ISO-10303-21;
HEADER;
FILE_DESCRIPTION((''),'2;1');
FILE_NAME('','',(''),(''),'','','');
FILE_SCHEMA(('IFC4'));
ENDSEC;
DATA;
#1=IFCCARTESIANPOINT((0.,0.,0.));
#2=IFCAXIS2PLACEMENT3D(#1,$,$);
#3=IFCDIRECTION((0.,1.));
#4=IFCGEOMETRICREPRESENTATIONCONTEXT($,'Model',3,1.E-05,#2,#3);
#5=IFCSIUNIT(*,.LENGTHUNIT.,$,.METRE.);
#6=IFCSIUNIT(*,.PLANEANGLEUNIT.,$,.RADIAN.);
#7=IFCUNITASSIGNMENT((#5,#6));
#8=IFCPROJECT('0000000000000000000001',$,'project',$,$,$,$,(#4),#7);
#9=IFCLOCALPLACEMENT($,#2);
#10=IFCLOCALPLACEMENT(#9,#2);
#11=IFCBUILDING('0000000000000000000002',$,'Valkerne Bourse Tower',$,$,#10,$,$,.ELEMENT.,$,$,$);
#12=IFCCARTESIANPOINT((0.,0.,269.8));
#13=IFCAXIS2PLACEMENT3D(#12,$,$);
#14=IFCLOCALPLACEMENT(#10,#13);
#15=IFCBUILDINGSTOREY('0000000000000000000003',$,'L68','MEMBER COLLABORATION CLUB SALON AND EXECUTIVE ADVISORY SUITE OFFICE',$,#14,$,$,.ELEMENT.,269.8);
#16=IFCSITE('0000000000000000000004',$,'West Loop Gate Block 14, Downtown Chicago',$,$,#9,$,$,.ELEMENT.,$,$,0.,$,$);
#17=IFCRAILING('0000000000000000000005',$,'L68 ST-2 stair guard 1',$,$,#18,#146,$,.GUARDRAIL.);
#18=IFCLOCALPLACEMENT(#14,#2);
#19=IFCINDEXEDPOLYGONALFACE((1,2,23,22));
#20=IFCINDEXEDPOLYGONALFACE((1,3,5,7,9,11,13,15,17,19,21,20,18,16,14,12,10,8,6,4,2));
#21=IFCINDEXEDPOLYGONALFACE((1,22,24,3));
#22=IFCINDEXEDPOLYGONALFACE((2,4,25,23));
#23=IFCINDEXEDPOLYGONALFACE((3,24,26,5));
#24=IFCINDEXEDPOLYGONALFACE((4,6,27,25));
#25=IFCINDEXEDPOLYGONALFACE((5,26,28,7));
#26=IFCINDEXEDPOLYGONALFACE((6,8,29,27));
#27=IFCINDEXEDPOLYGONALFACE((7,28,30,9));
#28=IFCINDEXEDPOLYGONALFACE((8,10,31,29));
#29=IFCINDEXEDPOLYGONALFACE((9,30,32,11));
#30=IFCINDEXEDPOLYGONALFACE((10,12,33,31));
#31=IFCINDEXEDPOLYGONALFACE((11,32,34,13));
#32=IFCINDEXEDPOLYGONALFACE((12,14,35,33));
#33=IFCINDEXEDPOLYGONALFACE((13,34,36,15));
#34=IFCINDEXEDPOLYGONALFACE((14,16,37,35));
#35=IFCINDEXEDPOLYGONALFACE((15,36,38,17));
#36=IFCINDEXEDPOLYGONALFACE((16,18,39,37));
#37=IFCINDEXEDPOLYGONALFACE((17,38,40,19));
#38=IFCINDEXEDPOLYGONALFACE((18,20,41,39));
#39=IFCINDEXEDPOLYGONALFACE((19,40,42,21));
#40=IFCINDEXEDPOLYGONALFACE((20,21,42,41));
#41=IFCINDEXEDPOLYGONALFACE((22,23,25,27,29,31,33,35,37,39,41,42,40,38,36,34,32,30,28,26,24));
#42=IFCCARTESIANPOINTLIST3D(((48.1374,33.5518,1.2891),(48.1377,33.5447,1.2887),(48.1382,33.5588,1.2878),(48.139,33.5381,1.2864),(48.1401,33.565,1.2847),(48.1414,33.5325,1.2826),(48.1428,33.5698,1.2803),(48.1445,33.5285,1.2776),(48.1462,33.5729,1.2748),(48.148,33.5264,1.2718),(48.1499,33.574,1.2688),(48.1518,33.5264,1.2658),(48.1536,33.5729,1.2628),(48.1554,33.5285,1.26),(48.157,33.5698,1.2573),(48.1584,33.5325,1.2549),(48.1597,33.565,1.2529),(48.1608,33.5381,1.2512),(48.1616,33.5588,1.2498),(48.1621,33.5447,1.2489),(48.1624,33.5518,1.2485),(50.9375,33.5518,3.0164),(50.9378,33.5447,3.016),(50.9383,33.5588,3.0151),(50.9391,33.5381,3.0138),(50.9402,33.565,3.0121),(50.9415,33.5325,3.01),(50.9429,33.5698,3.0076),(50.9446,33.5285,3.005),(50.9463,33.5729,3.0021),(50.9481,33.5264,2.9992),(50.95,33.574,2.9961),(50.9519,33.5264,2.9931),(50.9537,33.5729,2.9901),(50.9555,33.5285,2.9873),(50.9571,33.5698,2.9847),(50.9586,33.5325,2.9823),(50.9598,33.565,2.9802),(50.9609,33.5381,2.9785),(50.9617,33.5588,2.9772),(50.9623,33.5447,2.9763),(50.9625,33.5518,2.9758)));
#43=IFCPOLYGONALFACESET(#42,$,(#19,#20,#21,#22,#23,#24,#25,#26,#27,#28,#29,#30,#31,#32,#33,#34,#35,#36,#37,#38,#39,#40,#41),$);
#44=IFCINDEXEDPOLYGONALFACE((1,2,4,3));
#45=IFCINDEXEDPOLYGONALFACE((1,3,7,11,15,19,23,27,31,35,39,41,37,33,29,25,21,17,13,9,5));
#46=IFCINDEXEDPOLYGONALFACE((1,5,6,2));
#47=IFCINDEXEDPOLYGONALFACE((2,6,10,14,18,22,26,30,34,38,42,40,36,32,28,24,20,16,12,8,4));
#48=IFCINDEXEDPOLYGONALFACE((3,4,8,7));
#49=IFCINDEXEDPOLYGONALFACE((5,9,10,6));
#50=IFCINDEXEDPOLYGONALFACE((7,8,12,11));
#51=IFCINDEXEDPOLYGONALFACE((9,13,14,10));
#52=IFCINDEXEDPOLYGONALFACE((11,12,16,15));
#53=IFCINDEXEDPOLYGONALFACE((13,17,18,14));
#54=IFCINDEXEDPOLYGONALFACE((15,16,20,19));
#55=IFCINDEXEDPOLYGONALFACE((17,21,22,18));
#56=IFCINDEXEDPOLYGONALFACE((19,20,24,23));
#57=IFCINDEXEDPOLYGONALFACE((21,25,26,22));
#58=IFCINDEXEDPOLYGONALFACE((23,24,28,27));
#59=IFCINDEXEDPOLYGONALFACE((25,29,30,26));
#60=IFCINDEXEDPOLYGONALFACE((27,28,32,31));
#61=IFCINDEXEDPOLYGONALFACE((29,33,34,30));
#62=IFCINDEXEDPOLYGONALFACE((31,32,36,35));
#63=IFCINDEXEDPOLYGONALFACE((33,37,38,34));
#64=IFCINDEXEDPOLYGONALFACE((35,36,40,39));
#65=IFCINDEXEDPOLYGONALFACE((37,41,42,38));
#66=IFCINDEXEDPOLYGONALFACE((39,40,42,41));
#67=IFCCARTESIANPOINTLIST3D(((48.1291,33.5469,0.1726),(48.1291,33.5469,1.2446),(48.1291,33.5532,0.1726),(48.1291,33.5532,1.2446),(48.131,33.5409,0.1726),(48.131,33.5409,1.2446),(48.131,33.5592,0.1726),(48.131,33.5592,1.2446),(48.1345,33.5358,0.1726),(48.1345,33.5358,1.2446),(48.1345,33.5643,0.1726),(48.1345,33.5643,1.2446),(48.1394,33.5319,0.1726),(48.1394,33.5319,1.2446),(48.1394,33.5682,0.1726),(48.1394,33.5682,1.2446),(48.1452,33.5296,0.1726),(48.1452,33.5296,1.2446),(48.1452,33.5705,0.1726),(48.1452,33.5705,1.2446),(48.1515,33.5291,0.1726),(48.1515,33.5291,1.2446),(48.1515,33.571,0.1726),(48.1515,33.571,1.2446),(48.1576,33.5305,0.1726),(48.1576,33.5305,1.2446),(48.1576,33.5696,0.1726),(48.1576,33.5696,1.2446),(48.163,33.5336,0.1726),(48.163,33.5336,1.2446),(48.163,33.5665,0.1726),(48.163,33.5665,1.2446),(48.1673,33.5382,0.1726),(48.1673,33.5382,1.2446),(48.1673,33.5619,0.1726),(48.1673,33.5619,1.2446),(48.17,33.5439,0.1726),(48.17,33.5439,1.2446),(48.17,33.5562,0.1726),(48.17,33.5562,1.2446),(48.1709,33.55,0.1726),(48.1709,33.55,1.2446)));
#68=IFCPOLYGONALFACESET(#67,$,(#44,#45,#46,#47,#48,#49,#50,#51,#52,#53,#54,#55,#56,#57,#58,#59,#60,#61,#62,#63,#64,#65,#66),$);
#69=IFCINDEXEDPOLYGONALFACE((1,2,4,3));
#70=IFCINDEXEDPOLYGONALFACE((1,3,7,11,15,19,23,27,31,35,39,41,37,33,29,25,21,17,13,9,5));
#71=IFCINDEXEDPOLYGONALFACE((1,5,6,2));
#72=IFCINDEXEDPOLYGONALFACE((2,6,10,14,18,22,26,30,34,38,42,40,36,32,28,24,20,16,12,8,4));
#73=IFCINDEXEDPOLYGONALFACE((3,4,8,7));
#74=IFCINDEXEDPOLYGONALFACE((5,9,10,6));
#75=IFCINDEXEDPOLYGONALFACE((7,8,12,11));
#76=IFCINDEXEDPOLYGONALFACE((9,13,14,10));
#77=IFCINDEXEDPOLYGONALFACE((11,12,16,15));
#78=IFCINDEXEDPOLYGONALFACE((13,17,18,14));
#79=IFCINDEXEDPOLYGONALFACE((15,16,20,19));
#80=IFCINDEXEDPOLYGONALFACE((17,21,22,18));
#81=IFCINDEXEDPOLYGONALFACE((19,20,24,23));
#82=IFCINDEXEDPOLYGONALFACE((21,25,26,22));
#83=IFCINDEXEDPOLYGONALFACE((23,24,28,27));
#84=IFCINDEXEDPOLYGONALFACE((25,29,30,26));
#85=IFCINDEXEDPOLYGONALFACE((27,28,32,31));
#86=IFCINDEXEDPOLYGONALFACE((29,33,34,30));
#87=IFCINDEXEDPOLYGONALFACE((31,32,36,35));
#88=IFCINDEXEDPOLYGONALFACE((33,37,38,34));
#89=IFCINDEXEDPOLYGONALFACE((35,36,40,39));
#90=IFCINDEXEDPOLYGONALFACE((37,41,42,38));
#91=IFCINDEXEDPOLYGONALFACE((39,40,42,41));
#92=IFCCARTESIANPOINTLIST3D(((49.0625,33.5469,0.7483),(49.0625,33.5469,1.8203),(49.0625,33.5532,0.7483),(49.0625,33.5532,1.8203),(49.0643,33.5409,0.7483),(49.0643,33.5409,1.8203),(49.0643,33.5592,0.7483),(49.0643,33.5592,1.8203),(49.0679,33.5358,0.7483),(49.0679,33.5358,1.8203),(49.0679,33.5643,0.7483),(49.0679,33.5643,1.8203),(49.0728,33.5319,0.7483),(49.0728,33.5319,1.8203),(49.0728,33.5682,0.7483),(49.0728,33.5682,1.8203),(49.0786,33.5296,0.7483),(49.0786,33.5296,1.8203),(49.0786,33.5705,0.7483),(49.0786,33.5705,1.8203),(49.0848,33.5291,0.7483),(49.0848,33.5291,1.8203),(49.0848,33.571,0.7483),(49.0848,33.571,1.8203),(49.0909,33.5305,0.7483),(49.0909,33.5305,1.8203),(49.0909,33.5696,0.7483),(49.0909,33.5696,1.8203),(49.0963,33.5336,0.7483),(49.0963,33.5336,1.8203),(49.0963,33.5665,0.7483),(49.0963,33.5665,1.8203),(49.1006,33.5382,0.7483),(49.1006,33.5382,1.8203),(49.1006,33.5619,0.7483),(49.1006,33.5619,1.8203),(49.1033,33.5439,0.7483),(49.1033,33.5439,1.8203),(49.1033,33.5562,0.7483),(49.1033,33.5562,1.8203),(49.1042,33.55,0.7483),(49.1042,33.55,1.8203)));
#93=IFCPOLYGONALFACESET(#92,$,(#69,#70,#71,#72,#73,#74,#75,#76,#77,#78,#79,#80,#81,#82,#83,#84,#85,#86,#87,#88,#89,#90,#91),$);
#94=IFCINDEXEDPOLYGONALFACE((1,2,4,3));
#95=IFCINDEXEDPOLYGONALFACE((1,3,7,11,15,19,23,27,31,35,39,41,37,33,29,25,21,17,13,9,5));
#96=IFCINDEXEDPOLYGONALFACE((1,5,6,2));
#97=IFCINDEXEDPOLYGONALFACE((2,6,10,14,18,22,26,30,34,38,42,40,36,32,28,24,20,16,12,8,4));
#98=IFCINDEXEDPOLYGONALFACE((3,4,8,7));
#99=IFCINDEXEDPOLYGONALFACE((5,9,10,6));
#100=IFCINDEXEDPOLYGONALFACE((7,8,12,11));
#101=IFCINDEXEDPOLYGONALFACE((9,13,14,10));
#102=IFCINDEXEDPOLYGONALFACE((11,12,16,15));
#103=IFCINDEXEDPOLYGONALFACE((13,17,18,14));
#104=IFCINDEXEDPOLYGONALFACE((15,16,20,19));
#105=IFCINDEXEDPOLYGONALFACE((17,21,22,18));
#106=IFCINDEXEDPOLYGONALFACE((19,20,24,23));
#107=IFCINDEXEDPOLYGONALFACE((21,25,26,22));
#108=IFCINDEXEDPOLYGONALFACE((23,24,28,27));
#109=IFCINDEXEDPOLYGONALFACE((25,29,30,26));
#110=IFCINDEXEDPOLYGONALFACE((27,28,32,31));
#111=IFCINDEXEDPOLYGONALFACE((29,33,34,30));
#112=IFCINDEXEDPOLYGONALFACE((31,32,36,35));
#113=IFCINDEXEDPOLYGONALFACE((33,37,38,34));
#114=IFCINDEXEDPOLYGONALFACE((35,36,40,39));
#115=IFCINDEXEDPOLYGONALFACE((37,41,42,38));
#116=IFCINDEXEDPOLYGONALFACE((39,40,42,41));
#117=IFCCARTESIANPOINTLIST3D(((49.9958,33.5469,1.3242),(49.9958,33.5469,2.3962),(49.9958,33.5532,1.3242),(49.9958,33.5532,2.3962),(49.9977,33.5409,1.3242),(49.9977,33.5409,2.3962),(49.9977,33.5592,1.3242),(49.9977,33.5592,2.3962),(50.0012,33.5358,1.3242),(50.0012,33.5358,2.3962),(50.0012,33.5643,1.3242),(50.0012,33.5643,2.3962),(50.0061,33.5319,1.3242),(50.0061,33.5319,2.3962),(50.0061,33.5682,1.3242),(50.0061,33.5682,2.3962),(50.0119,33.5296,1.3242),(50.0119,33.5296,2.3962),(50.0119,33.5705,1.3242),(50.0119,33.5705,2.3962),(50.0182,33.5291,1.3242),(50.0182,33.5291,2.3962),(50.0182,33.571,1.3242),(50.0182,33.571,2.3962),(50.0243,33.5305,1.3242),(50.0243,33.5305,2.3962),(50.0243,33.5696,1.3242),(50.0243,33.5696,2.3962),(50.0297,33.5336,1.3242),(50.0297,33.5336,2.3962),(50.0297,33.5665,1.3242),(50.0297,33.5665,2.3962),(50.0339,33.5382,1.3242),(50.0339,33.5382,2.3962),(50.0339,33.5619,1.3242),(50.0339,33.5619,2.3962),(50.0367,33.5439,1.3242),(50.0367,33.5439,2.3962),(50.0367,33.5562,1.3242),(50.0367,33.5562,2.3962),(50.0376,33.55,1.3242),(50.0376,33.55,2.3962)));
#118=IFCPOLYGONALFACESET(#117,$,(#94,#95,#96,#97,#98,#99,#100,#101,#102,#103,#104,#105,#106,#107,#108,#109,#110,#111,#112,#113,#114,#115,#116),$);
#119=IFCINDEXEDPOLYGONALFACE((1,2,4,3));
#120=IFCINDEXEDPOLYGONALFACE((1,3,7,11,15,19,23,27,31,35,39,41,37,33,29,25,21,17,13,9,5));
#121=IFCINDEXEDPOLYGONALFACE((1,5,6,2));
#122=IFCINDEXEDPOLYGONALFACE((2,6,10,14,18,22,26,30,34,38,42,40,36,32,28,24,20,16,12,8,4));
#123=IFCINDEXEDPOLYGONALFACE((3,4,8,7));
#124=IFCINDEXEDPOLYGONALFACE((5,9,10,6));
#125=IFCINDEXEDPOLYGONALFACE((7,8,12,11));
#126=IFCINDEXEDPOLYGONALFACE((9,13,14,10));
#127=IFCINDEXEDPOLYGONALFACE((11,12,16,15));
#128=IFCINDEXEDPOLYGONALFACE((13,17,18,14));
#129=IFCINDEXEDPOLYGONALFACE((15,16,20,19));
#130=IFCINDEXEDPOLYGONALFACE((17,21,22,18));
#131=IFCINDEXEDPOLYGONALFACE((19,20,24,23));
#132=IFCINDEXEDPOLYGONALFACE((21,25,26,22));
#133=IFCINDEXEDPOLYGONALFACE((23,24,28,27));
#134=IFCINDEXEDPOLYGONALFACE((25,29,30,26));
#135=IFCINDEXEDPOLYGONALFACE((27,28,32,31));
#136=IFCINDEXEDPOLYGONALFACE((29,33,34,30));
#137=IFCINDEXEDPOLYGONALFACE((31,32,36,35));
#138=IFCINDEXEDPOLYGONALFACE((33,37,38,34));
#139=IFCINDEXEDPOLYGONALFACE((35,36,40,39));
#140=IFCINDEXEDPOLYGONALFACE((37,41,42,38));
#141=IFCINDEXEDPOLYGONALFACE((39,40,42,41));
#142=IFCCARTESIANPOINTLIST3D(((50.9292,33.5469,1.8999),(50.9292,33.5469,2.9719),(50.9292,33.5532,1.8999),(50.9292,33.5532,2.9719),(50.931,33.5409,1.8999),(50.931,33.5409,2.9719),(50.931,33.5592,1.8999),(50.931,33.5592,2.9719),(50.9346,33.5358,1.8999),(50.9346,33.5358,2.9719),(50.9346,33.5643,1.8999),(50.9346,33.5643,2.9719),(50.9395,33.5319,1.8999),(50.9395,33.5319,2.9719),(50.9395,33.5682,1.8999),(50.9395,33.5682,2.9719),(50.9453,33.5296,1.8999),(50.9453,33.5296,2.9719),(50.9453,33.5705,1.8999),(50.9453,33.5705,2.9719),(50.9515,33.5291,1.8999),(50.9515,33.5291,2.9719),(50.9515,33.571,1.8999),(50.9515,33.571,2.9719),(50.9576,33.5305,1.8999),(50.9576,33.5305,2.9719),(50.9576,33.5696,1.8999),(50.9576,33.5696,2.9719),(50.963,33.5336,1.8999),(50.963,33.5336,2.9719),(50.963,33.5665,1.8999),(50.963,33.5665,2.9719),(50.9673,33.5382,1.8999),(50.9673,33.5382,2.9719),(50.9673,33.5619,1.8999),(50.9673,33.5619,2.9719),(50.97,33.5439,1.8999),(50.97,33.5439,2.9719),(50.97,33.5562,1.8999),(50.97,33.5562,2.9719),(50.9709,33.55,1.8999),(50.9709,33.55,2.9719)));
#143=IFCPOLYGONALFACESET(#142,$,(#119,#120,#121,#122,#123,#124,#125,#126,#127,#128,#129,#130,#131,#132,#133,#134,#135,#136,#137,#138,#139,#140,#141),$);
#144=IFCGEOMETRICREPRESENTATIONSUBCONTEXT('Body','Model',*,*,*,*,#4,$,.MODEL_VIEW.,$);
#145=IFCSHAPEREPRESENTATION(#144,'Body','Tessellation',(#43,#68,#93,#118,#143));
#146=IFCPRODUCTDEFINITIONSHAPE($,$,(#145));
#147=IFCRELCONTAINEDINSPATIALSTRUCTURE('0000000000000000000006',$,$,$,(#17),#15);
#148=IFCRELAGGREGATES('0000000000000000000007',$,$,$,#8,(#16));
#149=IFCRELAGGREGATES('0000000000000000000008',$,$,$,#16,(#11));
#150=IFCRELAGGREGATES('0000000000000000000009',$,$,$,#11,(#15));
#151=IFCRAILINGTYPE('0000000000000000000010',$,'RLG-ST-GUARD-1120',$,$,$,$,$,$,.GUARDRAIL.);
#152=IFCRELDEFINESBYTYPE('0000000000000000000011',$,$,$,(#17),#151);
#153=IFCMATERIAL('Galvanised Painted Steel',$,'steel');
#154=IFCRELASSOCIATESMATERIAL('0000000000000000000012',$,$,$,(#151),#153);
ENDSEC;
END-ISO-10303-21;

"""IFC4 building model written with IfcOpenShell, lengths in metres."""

from ifc_helpers import new_model, si_unit, direction, frame, origin, origin_2d, place, context, subcontext, project, spatial, circle, extrude, material, type_object, element, save


model = new_model("IFC4")

# Units and contexts
model_context = context("Model", 3, precision=1e-05, world=origin(), true_north=direction((0.0, 1.0)))
body_context = subcontext(model_context, "Body", "Model", "MODEL_VIEW")
ifc_project = project(units=[si_unit("LENGTHUNIT", "METRE"), si_unit("PLANEANGLEUNIT", "RADIAN")], contexts=[model_context])

# Site, building, storey
site_placement = place(None, origin())
site = spatial("IfcSite", under=ifc_project, at=site_placement, Name="West Loop Gate Block 14, Downtown Chicago", CompositionType="ELEMENT", RefElevation=0.0)
building_placement = place(site_placement, origin())
building = spatial("IfcBuilding", under=site, at=building_placement, Name="Valkerne Bourse Tower", CompositionType="ELEMENT")
storey_placement = place(building_placement, frame((0.0, 0.0, 269.8)))
storey = spatial("IfcBuildingStorey", under=building, at=storey_placement, Name="L68", Description="MEMBER COLLABORATION CLUB SALON AND EXECUTIVE ADVISORY SUITE OFFICE", CompositionType="ELEMENT", Elevation=269.8)

# Shared definitions
ifc_material_1 = material(Name="Galvanised Painted Steel", Category="steel")

# Railing
railing_type_1 = type_object("IfcRailingType", Name="RLG-ST-GUARD-1120", PredefinedType="GUARDRAIL", material=ifc_material_1)
railing_1_placement = place(storey_placement, frame((48.1499, 33.55, 0.1726)))
element("IfcRailing", 1, at=railing_1_placement, inside=storey, type_object=railing_type_1, Name="L68 ST-2 stair guard 1", PredefinedType="GUARDRAIL", context=body_context, shape_type="SweptSolid", body=[
    extrude(circle(Radius=0.0239, at=origin_2d()), frame((0.0, 0.0, 1.0962), z_axis=(0.85109, 0.0, 0.52502), x_axis=(0.0, 1.0, 0.0)), (0.0, 0.0, 1.0), 3.29),
    extrude(circle(Radius=0.021, at=origin_2d()), origin(), (0.0, 0.0, 1.0), 1.072),
    extrude(circle(Radius=0.021, at=origin_2d()), frame((0.9333, 0.0, 0.5757)), (0.0, 0.0, 1.0), 1.072),
    extrude(circle(Radius=0.021, at=origin_2d()), frame((1.8667, 0.0, 1.1516)), (0.0, 0.0, 1.0), 1.072),
    extrude(circle(Radius=0.021, at=origin_2d()), frame((2.8, 0.0, 1.7273)), (0.0, 0.0, 1.0), 1.072),
])

save(model, "model.ifc")
